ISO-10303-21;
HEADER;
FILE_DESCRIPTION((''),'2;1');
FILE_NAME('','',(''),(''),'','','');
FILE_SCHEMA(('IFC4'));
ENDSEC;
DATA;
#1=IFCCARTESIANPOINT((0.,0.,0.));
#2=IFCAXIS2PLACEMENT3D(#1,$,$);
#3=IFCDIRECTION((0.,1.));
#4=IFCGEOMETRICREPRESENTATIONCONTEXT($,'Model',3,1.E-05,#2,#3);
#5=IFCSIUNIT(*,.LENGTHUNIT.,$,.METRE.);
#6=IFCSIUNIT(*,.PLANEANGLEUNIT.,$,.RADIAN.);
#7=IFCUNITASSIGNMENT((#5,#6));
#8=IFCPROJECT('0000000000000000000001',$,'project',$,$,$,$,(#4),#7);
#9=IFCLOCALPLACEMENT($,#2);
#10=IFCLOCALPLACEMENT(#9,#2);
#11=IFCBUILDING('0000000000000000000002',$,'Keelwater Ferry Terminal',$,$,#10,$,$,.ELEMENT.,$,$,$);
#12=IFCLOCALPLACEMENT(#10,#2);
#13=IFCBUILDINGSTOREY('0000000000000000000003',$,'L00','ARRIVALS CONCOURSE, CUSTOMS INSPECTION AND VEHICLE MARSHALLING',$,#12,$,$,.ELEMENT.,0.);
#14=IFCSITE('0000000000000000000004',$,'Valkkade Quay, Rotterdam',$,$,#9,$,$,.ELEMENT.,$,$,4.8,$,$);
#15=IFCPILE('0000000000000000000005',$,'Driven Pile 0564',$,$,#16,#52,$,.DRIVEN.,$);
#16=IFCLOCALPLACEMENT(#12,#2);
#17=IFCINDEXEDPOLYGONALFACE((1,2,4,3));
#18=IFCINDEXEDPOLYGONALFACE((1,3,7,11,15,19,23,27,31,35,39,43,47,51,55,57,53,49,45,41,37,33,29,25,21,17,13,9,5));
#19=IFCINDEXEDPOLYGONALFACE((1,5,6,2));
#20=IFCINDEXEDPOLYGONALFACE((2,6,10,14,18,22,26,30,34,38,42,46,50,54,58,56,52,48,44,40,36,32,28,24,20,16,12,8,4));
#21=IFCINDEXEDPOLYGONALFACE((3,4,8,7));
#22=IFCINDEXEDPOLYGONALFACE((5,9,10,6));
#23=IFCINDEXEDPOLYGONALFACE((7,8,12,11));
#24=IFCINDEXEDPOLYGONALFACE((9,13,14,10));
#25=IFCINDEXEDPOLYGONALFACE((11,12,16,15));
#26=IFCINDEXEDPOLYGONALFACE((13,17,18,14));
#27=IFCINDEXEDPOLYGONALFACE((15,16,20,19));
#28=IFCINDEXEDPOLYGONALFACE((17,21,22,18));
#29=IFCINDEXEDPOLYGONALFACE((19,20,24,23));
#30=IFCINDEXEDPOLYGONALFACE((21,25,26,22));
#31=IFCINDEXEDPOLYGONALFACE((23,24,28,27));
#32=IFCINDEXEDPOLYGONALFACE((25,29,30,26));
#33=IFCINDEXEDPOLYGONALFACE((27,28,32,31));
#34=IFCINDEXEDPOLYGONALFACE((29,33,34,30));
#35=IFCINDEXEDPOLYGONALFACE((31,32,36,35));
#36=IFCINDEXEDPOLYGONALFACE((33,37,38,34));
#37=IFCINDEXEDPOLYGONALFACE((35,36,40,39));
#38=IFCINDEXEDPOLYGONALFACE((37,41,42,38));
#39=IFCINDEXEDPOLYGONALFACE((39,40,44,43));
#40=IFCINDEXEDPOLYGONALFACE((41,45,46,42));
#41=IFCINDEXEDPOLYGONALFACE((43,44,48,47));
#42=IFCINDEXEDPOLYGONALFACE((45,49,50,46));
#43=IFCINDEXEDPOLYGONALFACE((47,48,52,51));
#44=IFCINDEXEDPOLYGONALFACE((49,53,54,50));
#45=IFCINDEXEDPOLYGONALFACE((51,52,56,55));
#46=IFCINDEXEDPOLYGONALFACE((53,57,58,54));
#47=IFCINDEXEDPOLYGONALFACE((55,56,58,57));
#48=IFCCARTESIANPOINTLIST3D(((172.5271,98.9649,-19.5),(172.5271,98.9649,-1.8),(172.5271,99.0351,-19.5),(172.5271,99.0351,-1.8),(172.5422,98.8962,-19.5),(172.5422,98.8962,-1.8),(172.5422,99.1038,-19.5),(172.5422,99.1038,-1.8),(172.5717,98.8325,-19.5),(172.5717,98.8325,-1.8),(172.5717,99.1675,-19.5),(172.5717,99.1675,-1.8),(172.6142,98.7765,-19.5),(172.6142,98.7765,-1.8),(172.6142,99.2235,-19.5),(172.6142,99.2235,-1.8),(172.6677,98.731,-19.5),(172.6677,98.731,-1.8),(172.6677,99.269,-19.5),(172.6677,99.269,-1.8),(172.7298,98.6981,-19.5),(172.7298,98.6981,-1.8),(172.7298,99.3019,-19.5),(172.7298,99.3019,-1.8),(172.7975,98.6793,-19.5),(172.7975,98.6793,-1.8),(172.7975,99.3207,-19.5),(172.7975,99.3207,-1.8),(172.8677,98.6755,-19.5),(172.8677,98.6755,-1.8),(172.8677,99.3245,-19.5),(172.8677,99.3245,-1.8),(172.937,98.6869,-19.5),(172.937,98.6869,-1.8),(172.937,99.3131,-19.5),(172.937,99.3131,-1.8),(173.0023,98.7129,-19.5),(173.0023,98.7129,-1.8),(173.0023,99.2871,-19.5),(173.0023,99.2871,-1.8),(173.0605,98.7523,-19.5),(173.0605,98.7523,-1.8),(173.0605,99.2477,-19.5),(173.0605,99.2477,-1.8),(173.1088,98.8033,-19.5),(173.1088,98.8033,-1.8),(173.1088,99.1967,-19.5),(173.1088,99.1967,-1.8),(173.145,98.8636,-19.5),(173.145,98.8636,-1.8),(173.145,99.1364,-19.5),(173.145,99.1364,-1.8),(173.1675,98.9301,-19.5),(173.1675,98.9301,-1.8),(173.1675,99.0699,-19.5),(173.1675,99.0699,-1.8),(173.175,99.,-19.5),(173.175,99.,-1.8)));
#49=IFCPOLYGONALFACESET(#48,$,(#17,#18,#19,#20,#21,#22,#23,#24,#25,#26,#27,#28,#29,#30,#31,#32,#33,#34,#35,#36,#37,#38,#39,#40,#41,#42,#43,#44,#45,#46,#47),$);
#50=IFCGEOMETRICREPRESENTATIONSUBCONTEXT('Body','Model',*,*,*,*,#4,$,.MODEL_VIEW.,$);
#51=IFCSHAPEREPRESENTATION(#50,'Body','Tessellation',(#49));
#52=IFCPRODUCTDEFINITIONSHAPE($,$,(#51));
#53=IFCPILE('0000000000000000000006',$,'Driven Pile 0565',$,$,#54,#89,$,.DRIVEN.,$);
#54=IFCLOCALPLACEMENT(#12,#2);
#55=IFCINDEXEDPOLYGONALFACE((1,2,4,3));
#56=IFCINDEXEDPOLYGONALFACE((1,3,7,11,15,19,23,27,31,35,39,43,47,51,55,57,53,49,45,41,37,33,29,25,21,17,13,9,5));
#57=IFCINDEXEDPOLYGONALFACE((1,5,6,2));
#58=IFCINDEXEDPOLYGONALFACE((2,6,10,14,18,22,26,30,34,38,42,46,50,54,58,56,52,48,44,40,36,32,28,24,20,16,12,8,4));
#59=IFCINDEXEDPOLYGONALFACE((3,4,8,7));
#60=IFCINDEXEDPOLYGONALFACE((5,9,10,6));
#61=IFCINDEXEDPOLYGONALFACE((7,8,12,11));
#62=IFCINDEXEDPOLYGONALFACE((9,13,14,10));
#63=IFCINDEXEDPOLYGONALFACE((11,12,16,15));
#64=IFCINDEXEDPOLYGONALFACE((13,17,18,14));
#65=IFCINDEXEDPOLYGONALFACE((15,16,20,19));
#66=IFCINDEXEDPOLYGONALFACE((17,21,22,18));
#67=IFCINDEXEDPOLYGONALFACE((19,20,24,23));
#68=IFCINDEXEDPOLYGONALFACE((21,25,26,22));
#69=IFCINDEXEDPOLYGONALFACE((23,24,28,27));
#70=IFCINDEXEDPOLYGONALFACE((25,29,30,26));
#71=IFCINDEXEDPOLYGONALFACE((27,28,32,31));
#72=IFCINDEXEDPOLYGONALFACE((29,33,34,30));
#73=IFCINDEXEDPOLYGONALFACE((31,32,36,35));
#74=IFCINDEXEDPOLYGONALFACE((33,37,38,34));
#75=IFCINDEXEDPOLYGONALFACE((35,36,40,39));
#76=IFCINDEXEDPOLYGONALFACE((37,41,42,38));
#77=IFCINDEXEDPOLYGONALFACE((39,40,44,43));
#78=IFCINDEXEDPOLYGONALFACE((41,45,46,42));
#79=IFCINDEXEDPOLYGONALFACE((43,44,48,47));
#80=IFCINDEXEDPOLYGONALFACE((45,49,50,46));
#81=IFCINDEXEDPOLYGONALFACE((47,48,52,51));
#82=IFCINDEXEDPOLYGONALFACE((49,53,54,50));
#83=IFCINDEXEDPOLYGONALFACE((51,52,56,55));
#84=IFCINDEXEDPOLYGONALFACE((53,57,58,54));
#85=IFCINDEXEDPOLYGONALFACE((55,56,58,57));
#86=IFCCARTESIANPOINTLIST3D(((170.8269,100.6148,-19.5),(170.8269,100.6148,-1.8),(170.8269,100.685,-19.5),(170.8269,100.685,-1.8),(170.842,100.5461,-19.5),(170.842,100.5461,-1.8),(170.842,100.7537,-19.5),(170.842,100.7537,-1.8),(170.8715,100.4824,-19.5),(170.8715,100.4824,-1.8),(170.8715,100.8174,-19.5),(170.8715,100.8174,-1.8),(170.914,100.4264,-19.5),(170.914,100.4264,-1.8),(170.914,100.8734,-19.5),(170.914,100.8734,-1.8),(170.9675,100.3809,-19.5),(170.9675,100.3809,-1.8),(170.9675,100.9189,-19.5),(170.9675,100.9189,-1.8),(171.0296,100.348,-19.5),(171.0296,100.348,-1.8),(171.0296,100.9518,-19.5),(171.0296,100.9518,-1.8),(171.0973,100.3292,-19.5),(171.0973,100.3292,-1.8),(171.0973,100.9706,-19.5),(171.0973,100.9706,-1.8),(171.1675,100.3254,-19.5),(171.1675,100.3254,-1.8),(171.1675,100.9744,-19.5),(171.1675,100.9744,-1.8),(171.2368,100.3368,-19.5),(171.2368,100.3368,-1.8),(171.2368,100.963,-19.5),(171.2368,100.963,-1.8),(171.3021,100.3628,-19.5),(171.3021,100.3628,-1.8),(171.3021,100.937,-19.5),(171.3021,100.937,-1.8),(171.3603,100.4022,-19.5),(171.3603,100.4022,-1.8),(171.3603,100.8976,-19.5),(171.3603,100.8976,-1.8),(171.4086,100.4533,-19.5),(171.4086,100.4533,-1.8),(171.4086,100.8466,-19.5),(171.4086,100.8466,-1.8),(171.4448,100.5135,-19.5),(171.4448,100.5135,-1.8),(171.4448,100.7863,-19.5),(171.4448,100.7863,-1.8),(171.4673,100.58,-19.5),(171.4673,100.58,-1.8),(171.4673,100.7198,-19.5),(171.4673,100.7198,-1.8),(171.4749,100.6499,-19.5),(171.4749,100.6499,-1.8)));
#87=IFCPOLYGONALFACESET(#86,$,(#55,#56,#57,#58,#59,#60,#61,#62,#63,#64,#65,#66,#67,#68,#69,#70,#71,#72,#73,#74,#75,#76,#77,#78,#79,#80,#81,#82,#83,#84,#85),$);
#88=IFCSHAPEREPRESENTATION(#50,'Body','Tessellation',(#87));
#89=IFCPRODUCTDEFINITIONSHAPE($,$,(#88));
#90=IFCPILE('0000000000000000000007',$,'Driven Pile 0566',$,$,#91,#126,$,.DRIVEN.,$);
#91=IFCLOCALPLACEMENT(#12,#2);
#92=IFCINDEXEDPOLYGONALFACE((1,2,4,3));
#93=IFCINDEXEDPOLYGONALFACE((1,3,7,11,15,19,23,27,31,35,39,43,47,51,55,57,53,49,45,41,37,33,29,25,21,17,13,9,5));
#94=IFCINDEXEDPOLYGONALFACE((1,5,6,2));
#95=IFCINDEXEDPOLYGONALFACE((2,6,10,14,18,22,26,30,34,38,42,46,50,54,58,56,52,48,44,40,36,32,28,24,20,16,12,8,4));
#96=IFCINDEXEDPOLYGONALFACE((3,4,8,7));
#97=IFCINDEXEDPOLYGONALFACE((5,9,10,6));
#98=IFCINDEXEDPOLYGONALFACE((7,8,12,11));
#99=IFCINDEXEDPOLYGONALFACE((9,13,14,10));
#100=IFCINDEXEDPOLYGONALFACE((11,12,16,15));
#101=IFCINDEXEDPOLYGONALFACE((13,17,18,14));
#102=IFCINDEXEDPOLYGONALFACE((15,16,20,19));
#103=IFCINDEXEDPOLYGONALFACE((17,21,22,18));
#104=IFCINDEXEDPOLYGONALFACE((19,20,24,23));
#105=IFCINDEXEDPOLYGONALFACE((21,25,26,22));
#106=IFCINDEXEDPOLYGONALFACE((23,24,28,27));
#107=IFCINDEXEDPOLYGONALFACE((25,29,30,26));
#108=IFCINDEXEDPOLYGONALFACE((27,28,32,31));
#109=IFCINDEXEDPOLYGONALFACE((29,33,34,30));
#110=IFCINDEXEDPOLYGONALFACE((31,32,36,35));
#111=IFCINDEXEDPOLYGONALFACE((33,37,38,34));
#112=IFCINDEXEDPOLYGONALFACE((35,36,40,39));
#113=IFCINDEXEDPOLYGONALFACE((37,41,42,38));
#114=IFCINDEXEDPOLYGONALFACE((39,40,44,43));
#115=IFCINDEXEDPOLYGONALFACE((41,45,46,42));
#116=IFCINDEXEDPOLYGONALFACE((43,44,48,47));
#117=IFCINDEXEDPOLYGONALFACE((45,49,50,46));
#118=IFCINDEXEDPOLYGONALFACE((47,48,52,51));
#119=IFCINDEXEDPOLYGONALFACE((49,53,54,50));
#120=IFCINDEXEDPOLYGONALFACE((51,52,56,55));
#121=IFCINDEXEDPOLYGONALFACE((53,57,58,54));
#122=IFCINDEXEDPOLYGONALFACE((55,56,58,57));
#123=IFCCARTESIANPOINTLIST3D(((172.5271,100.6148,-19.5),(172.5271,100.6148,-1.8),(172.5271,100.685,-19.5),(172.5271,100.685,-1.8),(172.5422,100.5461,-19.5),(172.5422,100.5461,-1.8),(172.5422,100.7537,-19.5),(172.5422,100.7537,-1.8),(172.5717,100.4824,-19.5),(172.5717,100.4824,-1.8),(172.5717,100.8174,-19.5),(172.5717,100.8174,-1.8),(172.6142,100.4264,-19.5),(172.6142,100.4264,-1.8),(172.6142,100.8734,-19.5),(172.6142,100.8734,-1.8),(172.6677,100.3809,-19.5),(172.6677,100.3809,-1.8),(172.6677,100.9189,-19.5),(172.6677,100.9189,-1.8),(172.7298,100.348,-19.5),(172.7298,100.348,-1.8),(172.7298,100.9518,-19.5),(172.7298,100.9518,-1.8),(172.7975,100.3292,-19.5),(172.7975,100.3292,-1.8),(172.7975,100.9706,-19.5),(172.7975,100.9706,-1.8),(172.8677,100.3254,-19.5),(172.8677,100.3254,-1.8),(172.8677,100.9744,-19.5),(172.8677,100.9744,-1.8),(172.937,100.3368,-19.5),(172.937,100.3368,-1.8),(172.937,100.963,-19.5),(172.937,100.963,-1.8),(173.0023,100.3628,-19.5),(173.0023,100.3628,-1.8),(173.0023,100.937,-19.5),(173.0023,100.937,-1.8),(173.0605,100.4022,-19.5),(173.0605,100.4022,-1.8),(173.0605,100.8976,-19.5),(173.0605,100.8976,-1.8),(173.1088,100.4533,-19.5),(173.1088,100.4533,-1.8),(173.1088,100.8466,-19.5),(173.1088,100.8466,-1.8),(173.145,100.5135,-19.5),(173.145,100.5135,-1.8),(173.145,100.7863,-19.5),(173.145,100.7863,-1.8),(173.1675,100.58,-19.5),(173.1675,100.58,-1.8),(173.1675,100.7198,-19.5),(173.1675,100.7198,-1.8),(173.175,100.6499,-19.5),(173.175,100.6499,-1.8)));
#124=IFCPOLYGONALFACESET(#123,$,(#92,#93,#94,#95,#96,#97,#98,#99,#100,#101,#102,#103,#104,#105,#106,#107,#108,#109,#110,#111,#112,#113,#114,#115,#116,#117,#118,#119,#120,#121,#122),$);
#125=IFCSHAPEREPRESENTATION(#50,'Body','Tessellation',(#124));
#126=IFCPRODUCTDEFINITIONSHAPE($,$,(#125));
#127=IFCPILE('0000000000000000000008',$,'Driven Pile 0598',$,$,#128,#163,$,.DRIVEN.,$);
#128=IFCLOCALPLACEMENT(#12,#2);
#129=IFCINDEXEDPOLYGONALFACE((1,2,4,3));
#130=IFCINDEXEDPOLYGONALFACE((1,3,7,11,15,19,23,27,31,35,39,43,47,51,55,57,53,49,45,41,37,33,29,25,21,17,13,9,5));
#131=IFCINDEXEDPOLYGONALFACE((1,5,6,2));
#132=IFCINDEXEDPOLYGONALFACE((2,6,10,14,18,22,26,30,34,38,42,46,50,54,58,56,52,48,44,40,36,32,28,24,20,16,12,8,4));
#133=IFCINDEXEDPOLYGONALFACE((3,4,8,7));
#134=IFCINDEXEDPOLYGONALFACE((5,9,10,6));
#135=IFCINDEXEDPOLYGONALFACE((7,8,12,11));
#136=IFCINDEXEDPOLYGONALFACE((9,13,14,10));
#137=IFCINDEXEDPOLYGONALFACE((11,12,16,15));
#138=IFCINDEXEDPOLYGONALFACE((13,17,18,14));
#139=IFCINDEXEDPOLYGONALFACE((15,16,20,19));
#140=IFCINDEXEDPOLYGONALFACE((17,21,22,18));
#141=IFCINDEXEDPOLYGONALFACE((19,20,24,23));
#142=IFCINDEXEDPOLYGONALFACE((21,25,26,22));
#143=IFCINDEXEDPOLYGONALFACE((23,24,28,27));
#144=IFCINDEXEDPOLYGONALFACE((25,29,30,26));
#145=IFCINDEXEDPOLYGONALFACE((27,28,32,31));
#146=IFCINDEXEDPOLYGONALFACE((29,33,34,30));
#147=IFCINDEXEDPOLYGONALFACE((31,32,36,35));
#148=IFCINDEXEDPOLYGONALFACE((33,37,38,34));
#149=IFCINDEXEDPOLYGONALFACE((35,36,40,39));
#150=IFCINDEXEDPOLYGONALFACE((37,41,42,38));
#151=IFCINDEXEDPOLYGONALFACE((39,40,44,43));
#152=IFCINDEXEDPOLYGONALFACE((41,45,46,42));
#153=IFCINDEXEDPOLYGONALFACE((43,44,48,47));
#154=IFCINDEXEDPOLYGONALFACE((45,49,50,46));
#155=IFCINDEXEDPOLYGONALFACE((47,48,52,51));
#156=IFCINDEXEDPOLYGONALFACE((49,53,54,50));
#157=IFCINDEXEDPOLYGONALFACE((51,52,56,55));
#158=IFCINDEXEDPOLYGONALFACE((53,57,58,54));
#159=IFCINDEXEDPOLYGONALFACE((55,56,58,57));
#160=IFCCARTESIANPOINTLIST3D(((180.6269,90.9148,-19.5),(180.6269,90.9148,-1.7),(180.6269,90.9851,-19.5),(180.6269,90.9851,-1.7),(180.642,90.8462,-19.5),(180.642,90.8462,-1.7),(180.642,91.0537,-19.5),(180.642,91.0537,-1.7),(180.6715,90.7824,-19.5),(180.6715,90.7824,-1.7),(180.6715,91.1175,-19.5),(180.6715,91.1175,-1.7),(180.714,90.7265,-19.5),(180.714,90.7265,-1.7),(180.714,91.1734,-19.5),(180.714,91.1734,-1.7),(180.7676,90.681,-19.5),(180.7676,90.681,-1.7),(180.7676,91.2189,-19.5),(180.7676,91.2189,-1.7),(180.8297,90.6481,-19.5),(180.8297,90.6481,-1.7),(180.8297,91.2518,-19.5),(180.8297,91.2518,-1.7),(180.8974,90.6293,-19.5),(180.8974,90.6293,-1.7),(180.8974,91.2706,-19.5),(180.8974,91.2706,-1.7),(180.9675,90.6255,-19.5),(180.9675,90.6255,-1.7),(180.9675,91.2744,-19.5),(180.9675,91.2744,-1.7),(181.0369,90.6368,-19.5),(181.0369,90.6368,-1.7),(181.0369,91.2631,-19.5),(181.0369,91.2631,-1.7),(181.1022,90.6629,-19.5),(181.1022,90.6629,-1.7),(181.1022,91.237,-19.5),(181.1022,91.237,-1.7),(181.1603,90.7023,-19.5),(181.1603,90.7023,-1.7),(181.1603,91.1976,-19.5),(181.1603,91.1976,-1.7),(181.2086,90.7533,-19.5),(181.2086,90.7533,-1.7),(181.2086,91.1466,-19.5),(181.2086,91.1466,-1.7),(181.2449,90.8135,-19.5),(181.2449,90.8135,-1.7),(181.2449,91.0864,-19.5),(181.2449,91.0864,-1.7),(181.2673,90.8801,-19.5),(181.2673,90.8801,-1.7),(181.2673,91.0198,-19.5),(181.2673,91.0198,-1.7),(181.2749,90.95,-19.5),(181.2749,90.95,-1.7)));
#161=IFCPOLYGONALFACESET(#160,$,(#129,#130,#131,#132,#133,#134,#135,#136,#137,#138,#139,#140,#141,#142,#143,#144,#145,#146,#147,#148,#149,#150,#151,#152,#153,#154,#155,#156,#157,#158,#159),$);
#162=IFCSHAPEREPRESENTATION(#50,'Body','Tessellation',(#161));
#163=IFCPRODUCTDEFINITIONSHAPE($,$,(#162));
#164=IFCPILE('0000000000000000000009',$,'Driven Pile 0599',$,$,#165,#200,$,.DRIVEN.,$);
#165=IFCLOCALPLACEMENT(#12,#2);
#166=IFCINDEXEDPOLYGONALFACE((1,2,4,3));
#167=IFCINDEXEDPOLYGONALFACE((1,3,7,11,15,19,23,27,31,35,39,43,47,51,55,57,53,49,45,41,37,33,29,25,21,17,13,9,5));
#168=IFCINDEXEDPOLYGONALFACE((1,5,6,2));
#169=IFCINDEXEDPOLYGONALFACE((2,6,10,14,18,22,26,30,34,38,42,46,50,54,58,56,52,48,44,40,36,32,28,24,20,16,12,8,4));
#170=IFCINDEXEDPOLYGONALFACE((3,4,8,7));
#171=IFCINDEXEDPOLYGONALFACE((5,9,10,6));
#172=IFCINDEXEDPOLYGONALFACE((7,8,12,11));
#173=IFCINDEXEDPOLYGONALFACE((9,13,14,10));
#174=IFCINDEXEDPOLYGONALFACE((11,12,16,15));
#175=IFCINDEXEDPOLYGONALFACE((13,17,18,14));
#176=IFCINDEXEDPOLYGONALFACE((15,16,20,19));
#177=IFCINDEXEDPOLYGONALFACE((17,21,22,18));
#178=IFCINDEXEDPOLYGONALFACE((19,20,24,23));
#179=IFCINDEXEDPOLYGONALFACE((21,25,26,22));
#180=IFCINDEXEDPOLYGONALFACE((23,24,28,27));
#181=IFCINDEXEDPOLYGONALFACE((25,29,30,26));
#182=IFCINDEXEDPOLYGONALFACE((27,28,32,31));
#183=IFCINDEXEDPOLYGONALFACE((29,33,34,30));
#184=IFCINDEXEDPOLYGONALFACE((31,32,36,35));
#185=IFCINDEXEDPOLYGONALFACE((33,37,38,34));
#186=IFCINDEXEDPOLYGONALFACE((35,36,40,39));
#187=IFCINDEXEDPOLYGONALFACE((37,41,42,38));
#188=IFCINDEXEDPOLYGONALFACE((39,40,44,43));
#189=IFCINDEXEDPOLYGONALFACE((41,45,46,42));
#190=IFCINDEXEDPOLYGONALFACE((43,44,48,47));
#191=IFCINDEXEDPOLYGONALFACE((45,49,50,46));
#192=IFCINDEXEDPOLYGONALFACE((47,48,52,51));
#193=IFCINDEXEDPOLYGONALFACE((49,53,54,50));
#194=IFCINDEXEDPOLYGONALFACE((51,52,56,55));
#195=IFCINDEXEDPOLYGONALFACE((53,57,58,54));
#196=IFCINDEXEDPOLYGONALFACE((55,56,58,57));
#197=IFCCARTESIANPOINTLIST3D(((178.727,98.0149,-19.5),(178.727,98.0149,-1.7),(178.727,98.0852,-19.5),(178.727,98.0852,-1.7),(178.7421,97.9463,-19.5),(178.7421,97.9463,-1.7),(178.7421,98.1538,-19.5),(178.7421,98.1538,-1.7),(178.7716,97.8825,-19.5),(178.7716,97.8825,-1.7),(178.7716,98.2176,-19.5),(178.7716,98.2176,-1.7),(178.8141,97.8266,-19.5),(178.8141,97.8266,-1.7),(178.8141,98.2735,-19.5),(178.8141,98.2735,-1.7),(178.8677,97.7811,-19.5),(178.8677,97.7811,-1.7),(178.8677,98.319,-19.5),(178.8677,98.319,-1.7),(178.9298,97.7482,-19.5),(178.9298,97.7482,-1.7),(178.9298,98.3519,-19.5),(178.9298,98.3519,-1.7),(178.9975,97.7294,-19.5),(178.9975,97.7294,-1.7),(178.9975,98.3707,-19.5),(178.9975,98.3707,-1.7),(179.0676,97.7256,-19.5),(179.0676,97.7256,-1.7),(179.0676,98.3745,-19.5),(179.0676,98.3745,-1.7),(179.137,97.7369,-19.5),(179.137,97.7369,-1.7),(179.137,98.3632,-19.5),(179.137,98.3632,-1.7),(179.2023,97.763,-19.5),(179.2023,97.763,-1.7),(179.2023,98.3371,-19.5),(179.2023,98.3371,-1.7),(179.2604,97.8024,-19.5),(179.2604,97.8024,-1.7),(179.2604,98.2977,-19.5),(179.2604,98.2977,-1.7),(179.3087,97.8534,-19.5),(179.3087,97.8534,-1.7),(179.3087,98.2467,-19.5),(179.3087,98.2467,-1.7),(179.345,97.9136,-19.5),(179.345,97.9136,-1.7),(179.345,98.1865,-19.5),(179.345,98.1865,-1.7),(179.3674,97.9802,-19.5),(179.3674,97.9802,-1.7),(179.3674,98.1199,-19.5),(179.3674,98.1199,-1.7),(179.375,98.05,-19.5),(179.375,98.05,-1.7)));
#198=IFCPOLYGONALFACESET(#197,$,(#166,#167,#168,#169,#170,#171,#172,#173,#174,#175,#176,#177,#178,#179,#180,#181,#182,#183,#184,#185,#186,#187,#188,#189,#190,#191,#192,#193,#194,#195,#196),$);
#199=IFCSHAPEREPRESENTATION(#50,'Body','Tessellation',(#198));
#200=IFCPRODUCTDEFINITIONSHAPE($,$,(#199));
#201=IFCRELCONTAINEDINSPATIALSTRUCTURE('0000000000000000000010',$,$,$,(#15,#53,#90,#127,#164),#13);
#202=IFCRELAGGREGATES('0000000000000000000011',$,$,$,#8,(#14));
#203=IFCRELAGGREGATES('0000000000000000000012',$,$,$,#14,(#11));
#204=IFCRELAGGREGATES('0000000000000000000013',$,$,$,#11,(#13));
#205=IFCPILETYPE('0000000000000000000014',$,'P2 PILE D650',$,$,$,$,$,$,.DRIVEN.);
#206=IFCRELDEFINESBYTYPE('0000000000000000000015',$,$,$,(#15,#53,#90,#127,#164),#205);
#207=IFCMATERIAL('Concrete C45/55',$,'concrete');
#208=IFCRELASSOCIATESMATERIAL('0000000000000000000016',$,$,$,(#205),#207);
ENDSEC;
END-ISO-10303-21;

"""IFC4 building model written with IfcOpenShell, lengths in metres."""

from ifc_helpers import new_model, si_unit, direction, frame, origin, origin_2d, place, context, subcontext, project, spatial, circle, extrude, material, material_profile, profile_set, type_object, element, save


model = new_model("IFC4")

# Units and contexts
model_context = context("Model", 3, precision=1e-05, world=origin(), true_north=direction((0.0, 1.0)))
body_context = subcontext(model_context, "Body", "Model", "MODEL_VIEW")
ifc_project = project(units=[si_unit("LENGTHUNIT", "METRE"), si_unit("PLANEANGLEUNIT", "RADIAN")], contexts=[model_context])

# Site, building, storey
site_placement = place(None, origin())
site = spatial("IfcSite", under=ifc_project, at=site_placement, Name="Valkkade Quay, Rotterdam", CompositionType="ELEMENT", RefElevation=4.8)
building_placement = place(site_placement, origin())
building = spatial("IfcBuilding", under=site, at=building_placement, Name="Keelwater Ferry Terminal", CompositionType="ELEMENT")
storey_placement = place(building_placement, origin())
storey = spatial("IfcBuildingStorey", under=building, at=storey_placement, Name="L00", Description="ARRIVALS CONCOURSE, CUSTOMS INSPECTION AND VEHICLE MARSHALLING", CompositionType="ELEMENT", Elevation=0.0)

# Piles
ifc_material_1 = material(Name="Concrete C45/55", Category="concrete")
ifc_material_profile_1 = material_profile(ifc_material_1, circle(Radius=0.325, at=origin_2d()), Name="PILE D650")
ifc_profile_set_1 = profile_set([ifc_material_profile_1], Name="Concrete C45/55")
pile_type = type_object("IfcPileType", Name="P2 PILE D650", PredefinedType="DRIVEN", material=ifc_profile_set_1)
for number, where, z_axis, x_axis, name in (
    (1, (172.8501, 99.0, -1.8), (0.0, 0.0, -1.0), (1.0, 0.0, 0.0), "Driven Pile 0564"),
    (2, (171.1499, 100.6499, -1.8), (0.0, 0.0, -1.0), (1.0, 0.0, 0.0), "Driven Pile 0565"),
    (3, (172.8501, 100.6499, -1.8), (0.0, 0.0, -1.0), (1.0, 0.0, 0.0), "Driven Pile 0566"),
):
    element("IfcPile", number, at=place(storey_placement, frame(where, z_axis=z_axis, x_axis=x_axis)), inside=storey, type_object=pile_type, Name=name, PredefinedType="DRIVEN", context=body_context, shape_type="SweptSolid", body=[
        extrude(circle(Radius=0.325, at=origin_2d()), origin(), (0.0, 0.0, 1.0), 17.7),
    ])
for number, where, z_axis, x_axis, name in (
    (4, (180.95, 90.95, -1.7), (0.0, 0.0, -1.0), (1.0, 0.0, 0.0), "Driven Pile 0598"),
    (5, (179.05, 98.05, -1.7), (0.0, 0.0, -1.0), (1.0, 0.0, 0.0), "Driven Pile 0599"),
):
    element("IfcPile", number, at=place(storey_placement, frame(where, z_axis=z_axis, x_axis=x_axis)), inside=storey, type_object=pile_type, Name=name, PredefinedType="DRIVEN", context=body_context, shape_type="SweptSolid", body=[
        extrude(circle(Radius=0.325, at=origin_2d()), origin(), (0.0, 0.0, 1.0), 17.8),
    ])

save(model, "model.ifc")
